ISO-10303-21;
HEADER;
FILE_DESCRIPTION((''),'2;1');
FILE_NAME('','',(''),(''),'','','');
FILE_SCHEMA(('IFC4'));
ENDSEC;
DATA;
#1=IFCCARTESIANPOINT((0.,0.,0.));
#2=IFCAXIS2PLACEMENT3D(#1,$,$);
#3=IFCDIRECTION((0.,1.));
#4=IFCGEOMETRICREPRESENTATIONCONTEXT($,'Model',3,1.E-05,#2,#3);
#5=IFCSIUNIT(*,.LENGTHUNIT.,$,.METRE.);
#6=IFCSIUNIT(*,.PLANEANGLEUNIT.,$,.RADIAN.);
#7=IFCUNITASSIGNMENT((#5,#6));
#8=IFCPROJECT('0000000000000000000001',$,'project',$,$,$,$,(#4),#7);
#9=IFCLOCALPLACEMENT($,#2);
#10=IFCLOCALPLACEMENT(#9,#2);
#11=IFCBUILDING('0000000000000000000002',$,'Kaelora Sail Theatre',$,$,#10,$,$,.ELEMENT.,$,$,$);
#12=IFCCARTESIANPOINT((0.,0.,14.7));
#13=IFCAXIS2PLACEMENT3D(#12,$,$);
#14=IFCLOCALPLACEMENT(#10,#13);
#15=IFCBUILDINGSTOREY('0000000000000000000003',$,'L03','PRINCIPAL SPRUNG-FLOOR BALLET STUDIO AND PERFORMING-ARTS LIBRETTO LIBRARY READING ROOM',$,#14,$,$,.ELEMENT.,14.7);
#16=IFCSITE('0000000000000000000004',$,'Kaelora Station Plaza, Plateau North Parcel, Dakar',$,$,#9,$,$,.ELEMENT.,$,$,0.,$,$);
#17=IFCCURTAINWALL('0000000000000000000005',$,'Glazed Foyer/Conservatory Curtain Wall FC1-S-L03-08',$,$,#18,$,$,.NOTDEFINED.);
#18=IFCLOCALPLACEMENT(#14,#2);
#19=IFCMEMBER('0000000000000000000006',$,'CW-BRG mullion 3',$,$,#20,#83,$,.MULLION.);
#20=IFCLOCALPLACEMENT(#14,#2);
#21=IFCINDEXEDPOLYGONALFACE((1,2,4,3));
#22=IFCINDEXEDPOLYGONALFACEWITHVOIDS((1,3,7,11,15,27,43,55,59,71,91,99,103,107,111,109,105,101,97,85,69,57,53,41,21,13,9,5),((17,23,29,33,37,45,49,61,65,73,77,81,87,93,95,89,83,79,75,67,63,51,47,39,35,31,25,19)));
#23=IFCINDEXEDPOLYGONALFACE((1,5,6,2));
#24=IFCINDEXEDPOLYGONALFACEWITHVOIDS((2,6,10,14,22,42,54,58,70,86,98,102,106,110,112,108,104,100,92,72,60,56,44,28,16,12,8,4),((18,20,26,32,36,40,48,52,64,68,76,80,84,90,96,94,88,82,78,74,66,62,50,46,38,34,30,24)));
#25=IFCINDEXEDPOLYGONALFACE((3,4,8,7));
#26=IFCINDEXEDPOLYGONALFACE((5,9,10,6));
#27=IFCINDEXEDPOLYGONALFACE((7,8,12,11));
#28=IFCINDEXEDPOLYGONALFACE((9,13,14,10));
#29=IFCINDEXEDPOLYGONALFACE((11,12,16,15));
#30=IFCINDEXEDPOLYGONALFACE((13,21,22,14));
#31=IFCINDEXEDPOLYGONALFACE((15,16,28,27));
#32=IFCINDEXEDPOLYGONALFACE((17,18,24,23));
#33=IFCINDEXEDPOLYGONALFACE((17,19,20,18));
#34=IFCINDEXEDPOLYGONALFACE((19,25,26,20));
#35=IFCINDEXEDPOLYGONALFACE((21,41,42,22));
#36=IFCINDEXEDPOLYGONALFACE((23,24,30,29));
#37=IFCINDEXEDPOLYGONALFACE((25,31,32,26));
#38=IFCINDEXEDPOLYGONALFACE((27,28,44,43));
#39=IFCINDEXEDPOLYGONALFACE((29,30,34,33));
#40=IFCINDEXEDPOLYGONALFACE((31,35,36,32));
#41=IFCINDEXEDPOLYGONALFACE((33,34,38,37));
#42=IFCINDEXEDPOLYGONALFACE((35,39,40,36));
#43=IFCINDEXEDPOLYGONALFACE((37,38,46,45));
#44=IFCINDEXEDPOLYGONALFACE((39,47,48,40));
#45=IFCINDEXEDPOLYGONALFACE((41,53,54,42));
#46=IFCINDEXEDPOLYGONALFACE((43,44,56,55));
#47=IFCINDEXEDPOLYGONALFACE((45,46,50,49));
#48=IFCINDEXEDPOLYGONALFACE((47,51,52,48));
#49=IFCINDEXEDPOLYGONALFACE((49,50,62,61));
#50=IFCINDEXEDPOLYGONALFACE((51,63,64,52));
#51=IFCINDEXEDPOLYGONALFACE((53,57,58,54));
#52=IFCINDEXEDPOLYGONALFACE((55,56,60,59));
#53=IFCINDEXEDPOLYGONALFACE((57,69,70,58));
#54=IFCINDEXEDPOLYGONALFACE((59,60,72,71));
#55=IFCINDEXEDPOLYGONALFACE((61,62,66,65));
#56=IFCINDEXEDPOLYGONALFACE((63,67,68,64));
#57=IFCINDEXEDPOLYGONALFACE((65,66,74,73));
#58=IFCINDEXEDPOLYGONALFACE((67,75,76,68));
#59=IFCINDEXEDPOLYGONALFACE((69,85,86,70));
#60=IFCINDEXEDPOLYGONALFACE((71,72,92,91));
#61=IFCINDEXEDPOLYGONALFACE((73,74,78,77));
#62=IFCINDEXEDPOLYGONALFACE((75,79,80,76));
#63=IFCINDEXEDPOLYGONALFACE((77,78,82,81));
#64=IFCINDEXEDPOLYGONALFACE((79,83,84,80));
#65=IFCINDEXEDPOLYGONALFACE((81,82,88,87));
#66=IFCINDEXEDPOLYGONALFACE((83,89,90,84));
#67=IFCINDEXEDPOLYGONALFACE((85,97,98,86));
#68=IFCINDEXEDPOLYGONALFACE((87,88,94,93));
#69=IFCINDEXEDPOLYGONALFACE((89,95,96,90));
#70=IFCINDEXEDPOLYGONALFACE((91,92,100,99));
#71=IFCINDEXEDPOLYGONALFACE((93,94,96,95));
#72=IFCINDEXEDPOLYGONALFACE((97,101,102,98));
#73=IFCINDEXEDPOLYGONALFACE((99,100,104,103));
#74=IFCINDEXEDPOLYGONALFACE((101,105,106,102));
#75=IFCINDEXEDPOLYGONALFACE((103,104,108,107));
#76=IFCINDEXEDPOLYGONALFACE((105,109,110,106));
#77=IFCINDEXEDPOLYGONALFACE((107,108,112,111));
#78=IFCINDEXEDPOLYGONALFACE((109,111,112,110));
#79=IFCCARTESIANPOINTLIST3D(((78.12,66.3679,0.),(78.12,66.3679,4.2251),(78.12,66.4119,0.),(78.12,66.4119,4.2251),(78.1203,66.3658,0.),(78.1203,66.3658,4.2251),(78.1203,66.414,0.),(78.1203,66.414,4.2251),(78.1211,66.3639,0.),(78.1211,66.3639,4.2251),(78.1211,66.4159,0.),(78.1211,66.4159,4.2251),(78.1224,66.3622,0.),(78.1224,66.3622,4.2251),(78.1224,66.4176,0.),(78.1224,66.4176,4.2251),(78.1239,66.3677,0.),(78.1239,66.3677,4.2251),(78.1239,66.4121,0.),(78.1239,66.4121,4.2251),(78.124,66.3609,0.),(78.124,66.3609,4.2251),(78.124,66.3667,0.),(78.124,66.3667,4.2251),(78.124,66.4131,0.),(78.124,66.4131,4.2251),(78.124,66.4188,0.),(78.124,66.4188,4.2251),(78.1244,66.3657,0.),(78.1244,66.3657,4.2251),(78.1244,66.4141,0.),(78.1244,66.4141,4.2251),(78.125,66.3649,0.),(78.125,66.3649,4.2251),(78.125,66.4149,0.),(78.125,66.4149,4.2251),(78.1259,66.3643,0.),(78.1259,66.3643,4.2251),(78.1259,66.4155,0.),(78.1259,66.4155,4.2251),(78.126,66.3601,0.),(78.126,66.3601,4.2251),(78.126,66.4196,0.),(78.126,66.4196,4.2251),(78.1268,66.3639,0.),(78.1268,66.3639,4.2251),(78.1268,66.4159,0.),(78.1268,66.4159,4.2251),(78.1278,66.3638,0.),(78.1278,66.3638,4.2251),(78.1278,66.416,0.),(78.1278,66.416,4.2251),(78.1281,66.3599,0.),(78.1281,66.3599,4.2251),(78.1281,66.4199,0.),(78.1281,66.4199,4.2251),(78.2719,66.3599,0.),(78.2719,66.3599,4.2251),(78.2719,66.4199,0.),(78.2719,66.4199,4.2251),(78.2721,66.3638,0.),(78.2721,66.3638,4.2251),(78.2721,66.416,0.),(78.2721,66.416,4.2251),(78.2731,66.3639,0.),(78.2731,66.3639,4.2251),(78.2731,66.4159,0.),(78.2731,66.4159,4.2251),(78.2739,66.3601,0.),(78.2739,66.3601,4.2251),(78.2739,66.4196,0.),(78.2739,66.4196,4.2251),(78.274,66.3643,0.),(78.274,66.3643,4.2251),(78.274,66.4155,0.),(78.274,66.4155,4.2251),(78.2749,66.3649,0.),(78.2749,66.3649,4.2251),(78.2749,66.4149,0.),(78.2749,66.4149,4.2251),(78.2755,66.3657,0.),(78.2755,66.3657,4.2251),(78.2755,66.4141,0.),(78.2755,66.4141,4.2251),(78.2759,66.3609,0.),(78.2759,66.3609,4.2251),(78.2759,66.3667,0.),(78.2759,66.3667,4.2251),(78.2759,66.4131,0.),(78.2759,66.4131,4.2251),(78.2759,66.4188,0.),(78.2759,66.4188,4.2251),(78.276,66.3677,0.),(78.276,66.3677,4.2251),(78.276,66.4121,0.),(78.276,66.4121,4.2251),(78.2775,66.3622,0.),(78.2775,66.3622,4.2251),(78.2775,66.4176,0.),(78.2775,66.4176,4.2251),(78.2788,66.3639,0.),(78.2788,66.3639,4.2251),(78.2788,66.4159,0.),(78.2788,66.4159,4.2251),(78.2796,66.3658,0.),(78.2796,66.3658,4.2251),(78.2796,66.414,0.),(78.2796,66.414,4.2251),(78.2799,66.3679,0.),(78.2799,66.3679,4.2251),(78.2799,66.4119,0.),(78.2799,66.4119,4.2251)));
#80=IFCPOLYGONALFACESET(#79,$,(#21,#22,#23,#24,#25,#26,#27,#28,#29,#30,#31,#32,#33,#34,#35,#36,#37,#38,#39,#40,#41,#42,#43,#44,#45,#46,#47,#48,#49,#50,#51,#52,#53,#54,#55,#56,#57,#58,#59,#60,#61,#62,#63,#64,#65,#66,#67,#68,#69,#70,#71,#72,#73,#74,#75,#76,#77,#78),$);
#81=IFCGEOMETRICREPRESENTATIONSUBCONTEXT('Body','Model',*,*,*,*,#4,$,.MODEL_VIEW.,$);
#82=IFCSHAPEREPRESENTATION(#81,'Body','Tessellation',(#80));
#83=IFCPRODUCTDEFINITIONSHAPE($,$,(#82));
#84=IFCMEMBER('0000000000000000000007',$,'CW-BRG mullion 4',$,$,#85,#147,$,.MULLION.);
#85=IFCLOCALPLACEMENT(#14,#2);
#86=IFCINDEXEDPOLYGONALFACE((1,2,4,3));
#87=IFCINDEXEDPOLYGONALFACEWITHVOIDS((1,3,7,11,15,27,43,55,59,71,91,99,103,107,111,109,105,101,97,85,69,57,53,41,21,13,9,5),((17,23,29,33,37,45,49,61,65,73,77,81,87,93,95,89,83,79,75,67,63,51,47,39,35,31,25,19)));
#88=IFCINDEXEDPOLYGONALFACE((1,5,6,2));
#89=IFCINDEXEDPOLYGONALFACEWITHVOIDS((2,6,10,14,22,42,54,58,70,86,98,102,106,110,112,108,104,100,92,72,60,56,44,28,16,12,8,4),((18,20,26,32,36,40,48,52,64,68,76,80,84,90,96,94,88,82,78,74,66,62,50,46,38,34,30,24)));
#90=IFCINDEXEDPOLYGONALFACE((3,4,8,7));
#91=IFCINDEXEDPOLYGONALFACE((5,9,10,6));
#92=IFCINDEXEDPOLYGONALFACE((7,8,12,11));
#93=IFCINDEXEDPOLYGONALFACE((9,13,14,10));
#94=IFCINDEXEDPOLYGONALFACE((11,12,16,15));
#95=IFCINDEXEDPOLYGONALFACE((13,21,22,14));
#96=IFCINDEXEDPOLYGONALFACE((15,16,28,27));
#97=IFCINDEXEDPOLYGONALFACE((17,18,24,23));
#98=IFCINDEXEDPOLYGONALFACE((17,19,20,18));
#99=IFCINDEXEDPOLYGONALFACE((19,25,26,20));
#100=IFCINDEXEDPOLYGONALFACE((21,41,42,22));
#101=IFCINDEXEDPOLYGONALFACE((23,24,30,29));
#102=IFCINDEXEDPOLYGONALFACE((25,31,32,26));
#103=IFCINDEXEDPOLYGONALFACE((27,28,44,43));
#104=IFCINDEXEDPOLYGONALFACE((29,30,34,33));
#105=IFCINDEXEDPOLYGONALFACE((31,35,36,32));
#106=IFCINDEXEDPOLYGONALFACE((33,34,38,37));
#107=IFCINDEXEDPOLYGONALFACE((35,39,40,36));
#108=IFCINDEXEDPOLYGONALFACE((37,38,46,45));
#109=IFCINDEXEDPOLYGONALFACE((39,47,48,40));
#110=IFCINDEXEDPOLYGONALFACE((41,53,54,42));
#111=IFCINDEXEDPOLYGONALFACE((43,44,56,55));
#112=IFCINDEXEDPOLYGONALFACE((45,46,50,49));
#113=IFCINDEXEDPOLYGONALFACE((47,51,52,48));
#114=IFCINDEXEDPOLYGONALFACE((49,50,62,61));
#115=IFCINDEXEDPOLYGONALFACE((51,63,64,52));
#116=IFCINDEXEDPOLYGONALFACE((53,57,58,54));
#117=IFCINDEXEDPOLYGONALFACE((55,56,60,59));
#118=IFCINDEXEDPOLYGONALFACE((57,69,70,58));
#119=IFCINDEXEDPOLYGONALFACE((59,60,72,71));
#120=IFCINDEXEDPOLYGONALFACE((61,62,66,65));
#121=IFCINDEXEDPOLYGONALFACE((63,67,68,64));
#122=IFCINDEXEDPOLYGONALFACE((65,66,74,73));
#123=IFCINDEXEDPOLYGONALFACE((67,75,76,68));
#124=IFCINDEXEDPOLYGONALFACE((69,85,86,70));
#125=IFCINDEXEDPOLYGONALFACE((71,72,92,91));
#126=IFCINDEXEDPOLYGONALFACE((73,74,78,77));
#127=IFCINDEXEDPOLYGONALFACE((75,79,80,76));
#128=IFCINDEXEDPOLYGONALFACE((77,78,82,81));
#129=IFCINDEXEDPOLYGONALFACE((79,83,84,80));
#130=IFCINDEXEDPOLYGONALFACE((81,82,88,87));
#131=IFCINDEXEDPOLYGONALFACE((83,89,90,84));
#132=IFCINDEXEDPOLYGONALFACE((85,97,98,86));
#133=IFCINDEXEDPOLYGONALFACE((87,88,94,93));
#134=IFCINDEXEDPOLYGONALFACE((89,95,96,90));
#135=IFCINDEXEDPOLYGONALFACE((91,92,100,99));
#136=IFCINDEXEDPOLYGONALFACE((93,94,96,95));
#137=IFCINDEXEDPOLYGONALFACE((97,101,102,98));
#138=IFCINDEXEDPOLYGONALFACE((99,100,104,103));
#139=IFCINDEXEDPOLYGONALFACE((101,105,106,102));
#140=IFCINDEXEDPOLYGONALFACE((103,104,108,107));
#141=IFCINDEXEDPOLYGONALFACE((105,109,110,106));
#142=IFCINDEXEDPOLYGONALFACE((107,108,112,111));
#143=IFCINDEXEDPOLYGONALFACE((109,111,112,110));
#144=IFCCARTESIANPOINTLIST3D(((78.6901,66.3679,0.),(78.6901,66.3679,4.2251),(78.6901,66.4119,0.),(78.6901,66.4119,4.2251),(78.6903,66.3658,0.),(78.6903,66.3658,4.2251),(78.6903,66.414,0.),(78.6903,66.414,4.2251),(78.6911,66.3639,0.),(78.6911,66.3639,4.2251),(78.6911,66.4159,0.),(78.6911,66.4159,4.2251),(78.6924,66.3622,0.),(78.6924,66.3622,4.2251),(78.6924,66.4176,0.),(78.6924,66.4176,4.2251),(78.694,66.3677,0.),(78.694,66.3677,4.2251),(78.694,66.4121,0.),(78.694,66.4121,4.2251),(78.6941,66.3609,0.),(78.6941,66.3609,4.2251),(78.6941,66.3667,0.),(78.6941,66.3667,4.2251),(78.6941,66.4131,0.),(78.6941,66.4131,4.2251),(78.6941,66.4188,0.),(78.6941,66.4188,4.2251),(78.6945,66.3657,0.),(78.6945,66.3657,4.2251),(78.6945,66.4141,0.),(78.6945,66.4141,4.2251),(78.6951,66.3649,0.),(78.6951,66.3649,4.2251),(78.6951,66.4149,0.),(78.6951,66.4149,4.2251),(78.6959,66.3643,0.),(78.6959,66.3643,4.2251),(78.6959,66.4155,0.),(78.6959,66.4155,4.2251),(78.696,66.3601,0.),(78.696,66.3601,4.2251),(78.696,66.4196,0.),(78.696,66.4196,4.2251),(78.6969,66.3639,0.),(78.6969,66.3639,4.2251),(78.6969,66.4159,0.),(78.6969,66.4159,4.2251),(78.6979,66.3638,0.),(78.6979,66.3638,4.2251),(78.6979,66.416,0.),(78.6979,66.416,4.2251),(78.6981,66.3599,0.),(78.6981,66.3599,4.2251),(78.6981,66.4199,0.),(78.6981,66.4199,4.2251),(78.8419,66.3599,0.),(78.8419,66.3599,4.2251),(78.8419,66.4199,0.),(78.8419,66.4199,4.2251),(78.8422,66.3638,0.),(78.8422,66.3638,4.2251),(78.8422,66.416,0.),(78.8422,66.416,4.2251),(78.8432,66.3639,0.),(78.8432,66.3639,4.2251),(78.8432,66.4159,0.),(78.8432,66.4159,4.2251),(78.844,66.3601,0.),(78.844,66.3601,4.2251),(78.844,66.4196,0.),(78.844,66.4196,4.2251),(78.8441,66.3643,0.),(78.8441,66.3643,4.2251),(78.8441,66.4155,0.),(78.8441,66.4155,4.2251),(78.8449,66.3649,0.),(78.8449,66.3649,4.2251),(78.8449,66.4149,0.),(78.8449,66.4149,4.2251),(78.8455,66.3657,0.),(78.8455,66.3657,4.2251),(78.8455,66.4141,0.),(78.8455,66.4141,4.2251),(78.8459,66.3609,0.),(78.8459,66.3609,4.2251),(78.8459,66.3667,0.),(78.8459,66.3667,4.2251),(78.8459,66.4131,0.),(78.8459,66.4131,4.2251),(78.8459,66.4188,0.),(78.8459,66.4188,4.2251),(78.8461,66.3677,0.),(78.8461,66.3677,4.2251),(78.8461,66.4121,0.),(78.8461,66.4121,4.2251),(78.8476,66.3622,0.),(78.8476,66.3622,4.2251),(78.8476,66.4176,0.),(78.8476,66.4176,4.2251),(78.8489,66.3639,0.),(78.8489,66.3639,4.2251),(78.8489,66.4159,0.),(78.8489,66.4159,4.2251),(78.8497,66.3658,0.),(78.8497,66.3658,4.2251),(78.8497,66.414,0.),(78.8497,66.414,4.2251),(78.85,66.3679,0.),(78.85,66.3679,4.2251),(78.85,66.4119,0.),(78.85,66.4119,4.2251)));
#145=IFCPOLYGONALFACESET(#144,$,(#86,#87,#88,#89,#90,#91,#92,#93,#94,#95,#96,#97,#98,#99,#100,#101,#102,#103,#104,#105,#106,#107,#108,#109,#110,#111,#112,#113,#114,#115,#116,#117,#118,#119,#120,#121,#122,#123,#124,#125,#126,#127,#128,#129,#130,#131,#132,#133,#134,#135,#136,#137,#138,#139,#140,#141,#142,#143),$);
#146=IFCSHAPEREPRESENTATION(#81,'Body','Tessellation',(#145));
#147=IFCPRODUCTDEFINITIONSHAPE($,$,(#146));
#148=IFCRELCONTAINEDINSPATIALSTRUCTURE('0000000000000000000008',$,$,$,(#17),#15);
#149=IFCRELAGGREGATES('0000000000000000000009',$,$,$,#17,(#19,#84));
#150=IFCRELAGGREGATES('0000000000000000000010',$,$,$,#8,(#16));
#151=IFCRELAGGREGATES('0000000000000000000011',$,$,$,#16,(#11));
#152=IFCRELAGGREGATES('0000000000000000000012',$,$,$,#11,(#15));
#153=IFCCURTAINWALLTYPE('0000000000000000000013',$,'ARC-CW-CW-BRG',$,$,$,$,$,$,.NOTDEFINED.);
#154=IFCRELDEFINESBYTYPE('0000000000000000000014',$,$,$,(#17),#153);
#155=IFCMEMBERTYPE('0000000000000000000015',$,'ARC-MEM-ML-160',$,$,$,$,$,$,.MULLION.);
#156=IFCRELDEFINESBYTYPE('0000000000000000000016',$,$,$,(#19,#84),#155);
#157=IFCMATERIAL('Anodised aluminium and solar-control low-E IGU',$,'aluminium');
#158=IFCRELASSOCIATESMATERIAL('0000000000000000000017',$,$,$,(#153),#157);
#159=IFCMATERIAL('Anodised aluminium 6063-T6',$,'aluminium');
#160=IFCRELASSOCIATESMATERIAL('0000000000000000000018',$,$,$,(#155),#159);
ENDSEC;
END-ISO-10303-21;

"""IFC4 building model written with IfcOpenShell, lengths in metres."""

from ifc_helpers import new_model, si_unit, direction, frame, origin, origin_2d, place, context, subcontext, project, spatial, hollow_rectangle, extrude, material, material_profile, profile_set, type_object, element, aggregate, save


model = new_model("IFC4")

# Units and contexts
model_context = context("Model", 3, precision=1e-05, world=origin(), true_north=direction((0.0, 1.0)))
body_context = subcontext(model_context, "Body", "Model", "MODEL_VIEW")
ifc_project = project(units=[si_unit("LENGTHUNIT", "METRE"), si_unit("PLANEANGLEUNIT", "RADIAN")], contexts=[model_context])

# Site, building, storey
site_placement = place(None, origin())
site = spatial("IfcSite", under=ifc_project, at=site_placement, Name="Kaelora Station Plaza, Plateau North Parcel, Dakar", CompositionType="ELEMENT", RefElevation=0.0)
building_placement = place(site_placement, origin())
building = spatial("IfcBuilding", under=site, at=building_placement, Name="Kaelora Sail Theatre", CompositionType="ELEMENT")
storey_placement = place(building_placement, frame((0.0, 0.0, 14.7)))
storey = spatial("IfcBuildingStorey", under=building, at=storey_placement, Name="L03", Description="PRINCIPAL SPRUNG-FLOOR BALLET STUDIO AND PERFORMING-ARTS LIBRETTO LIBRARY READING ROOM", CompositionType="ELEMENT", Elevation=14.7)

# Curtain wall, members
ifc_material_1 = material(Name="Anodised aluminium and solar-control low-E IGU", Category="aluminium")
curtain_wall_type = type_object("IfcCurtainWallType", Name="ARC-CW-CW-BRG", PredefinedType="NOTDEFINED", material=ifc_material_1)
ifc_material_2 = material(Name="Anodised aluminium 6063-T6", Category="aluminium")
ifc_material_profile_1 = material_profile(ifc_material_2, hollow_rectangle(XDim=0.0601, YDim=0.1599, WallThickness=0.0039, InnerFilletRadius=0.0039, OuterFilletRadius=0.0081, at=origin_2d()), Name="ALU-MULL 60x160x4")
ifc_profile_set_1 = profile_set([ifc_material_profile_1], Name="Anodised aluminium 6063-T6")
member_type_1 = type_object("IfcMemberType", Name="ARC-MEM-ML-160", PredefinedType="MULLION", material=ifc_profile_set_1)
curtain_wall_1_placement = place(storey_placement, origin())
curtain_wall_1 = element("IfcCurtainWall", 1, at=curtain_wall_1_placement, inside=storey, type_object=curtain_wall_type, Name="Glazed Foyer/Conservatory Curtain Wall FC1-S-L03-08", PredefinedType="NOTDEFINED")
member_1_placement = place(storey_placement, frame((78.2, 66.3899, 0.0), z_axis=(0.0, 0.0, 1.0), x_axis=(0.0, 1.0, 0.0)))
member_1 = element("IfcMember", 2, at=member_1_placement, type_object=member_type_1, Name="CW-BRG mullion 3", PredefinedType="MULLION", context=body_context, shape_type="SweptSolid", body=[
    extrude(hollow_rectangle(XDim=0.0601, YDim=0.1599, WallThickness=0.0039, InnerFilletRadius=0.0039, OuterFilletRadius=0.0081, at=origin_2d()), origin(), (0.0, 0.0, 1.0), 4.2251),
])
member_2_placement = place(storey_placement, frame((78.77, 66.3899, 0.0), z_axis=(0.0, 0.0, 1.0), x_axis=(0.0, 1.0, 0.0)))
member_2 = element("IfcMember", 3, at=member_2_placement, type_object=member_type_1, Name="CW-BRG mullion 4", PredefinedType="MULLION", context=body_context, shape_type="SweptSolid", body=[
    extrude(hollow_rectangle(XDim=0.0601, YDim=0.1599, WallThickness=0.0039, InnerFilletRadius=0.0039, OuterFilletRadius=0.0081, at=origin_2d()), origin(), (0.0, 0.0, 1.0), 4.2251),
])

aggregate(curtain_wall_1, [member_1, member_2])

save(model, "model.ifc")
